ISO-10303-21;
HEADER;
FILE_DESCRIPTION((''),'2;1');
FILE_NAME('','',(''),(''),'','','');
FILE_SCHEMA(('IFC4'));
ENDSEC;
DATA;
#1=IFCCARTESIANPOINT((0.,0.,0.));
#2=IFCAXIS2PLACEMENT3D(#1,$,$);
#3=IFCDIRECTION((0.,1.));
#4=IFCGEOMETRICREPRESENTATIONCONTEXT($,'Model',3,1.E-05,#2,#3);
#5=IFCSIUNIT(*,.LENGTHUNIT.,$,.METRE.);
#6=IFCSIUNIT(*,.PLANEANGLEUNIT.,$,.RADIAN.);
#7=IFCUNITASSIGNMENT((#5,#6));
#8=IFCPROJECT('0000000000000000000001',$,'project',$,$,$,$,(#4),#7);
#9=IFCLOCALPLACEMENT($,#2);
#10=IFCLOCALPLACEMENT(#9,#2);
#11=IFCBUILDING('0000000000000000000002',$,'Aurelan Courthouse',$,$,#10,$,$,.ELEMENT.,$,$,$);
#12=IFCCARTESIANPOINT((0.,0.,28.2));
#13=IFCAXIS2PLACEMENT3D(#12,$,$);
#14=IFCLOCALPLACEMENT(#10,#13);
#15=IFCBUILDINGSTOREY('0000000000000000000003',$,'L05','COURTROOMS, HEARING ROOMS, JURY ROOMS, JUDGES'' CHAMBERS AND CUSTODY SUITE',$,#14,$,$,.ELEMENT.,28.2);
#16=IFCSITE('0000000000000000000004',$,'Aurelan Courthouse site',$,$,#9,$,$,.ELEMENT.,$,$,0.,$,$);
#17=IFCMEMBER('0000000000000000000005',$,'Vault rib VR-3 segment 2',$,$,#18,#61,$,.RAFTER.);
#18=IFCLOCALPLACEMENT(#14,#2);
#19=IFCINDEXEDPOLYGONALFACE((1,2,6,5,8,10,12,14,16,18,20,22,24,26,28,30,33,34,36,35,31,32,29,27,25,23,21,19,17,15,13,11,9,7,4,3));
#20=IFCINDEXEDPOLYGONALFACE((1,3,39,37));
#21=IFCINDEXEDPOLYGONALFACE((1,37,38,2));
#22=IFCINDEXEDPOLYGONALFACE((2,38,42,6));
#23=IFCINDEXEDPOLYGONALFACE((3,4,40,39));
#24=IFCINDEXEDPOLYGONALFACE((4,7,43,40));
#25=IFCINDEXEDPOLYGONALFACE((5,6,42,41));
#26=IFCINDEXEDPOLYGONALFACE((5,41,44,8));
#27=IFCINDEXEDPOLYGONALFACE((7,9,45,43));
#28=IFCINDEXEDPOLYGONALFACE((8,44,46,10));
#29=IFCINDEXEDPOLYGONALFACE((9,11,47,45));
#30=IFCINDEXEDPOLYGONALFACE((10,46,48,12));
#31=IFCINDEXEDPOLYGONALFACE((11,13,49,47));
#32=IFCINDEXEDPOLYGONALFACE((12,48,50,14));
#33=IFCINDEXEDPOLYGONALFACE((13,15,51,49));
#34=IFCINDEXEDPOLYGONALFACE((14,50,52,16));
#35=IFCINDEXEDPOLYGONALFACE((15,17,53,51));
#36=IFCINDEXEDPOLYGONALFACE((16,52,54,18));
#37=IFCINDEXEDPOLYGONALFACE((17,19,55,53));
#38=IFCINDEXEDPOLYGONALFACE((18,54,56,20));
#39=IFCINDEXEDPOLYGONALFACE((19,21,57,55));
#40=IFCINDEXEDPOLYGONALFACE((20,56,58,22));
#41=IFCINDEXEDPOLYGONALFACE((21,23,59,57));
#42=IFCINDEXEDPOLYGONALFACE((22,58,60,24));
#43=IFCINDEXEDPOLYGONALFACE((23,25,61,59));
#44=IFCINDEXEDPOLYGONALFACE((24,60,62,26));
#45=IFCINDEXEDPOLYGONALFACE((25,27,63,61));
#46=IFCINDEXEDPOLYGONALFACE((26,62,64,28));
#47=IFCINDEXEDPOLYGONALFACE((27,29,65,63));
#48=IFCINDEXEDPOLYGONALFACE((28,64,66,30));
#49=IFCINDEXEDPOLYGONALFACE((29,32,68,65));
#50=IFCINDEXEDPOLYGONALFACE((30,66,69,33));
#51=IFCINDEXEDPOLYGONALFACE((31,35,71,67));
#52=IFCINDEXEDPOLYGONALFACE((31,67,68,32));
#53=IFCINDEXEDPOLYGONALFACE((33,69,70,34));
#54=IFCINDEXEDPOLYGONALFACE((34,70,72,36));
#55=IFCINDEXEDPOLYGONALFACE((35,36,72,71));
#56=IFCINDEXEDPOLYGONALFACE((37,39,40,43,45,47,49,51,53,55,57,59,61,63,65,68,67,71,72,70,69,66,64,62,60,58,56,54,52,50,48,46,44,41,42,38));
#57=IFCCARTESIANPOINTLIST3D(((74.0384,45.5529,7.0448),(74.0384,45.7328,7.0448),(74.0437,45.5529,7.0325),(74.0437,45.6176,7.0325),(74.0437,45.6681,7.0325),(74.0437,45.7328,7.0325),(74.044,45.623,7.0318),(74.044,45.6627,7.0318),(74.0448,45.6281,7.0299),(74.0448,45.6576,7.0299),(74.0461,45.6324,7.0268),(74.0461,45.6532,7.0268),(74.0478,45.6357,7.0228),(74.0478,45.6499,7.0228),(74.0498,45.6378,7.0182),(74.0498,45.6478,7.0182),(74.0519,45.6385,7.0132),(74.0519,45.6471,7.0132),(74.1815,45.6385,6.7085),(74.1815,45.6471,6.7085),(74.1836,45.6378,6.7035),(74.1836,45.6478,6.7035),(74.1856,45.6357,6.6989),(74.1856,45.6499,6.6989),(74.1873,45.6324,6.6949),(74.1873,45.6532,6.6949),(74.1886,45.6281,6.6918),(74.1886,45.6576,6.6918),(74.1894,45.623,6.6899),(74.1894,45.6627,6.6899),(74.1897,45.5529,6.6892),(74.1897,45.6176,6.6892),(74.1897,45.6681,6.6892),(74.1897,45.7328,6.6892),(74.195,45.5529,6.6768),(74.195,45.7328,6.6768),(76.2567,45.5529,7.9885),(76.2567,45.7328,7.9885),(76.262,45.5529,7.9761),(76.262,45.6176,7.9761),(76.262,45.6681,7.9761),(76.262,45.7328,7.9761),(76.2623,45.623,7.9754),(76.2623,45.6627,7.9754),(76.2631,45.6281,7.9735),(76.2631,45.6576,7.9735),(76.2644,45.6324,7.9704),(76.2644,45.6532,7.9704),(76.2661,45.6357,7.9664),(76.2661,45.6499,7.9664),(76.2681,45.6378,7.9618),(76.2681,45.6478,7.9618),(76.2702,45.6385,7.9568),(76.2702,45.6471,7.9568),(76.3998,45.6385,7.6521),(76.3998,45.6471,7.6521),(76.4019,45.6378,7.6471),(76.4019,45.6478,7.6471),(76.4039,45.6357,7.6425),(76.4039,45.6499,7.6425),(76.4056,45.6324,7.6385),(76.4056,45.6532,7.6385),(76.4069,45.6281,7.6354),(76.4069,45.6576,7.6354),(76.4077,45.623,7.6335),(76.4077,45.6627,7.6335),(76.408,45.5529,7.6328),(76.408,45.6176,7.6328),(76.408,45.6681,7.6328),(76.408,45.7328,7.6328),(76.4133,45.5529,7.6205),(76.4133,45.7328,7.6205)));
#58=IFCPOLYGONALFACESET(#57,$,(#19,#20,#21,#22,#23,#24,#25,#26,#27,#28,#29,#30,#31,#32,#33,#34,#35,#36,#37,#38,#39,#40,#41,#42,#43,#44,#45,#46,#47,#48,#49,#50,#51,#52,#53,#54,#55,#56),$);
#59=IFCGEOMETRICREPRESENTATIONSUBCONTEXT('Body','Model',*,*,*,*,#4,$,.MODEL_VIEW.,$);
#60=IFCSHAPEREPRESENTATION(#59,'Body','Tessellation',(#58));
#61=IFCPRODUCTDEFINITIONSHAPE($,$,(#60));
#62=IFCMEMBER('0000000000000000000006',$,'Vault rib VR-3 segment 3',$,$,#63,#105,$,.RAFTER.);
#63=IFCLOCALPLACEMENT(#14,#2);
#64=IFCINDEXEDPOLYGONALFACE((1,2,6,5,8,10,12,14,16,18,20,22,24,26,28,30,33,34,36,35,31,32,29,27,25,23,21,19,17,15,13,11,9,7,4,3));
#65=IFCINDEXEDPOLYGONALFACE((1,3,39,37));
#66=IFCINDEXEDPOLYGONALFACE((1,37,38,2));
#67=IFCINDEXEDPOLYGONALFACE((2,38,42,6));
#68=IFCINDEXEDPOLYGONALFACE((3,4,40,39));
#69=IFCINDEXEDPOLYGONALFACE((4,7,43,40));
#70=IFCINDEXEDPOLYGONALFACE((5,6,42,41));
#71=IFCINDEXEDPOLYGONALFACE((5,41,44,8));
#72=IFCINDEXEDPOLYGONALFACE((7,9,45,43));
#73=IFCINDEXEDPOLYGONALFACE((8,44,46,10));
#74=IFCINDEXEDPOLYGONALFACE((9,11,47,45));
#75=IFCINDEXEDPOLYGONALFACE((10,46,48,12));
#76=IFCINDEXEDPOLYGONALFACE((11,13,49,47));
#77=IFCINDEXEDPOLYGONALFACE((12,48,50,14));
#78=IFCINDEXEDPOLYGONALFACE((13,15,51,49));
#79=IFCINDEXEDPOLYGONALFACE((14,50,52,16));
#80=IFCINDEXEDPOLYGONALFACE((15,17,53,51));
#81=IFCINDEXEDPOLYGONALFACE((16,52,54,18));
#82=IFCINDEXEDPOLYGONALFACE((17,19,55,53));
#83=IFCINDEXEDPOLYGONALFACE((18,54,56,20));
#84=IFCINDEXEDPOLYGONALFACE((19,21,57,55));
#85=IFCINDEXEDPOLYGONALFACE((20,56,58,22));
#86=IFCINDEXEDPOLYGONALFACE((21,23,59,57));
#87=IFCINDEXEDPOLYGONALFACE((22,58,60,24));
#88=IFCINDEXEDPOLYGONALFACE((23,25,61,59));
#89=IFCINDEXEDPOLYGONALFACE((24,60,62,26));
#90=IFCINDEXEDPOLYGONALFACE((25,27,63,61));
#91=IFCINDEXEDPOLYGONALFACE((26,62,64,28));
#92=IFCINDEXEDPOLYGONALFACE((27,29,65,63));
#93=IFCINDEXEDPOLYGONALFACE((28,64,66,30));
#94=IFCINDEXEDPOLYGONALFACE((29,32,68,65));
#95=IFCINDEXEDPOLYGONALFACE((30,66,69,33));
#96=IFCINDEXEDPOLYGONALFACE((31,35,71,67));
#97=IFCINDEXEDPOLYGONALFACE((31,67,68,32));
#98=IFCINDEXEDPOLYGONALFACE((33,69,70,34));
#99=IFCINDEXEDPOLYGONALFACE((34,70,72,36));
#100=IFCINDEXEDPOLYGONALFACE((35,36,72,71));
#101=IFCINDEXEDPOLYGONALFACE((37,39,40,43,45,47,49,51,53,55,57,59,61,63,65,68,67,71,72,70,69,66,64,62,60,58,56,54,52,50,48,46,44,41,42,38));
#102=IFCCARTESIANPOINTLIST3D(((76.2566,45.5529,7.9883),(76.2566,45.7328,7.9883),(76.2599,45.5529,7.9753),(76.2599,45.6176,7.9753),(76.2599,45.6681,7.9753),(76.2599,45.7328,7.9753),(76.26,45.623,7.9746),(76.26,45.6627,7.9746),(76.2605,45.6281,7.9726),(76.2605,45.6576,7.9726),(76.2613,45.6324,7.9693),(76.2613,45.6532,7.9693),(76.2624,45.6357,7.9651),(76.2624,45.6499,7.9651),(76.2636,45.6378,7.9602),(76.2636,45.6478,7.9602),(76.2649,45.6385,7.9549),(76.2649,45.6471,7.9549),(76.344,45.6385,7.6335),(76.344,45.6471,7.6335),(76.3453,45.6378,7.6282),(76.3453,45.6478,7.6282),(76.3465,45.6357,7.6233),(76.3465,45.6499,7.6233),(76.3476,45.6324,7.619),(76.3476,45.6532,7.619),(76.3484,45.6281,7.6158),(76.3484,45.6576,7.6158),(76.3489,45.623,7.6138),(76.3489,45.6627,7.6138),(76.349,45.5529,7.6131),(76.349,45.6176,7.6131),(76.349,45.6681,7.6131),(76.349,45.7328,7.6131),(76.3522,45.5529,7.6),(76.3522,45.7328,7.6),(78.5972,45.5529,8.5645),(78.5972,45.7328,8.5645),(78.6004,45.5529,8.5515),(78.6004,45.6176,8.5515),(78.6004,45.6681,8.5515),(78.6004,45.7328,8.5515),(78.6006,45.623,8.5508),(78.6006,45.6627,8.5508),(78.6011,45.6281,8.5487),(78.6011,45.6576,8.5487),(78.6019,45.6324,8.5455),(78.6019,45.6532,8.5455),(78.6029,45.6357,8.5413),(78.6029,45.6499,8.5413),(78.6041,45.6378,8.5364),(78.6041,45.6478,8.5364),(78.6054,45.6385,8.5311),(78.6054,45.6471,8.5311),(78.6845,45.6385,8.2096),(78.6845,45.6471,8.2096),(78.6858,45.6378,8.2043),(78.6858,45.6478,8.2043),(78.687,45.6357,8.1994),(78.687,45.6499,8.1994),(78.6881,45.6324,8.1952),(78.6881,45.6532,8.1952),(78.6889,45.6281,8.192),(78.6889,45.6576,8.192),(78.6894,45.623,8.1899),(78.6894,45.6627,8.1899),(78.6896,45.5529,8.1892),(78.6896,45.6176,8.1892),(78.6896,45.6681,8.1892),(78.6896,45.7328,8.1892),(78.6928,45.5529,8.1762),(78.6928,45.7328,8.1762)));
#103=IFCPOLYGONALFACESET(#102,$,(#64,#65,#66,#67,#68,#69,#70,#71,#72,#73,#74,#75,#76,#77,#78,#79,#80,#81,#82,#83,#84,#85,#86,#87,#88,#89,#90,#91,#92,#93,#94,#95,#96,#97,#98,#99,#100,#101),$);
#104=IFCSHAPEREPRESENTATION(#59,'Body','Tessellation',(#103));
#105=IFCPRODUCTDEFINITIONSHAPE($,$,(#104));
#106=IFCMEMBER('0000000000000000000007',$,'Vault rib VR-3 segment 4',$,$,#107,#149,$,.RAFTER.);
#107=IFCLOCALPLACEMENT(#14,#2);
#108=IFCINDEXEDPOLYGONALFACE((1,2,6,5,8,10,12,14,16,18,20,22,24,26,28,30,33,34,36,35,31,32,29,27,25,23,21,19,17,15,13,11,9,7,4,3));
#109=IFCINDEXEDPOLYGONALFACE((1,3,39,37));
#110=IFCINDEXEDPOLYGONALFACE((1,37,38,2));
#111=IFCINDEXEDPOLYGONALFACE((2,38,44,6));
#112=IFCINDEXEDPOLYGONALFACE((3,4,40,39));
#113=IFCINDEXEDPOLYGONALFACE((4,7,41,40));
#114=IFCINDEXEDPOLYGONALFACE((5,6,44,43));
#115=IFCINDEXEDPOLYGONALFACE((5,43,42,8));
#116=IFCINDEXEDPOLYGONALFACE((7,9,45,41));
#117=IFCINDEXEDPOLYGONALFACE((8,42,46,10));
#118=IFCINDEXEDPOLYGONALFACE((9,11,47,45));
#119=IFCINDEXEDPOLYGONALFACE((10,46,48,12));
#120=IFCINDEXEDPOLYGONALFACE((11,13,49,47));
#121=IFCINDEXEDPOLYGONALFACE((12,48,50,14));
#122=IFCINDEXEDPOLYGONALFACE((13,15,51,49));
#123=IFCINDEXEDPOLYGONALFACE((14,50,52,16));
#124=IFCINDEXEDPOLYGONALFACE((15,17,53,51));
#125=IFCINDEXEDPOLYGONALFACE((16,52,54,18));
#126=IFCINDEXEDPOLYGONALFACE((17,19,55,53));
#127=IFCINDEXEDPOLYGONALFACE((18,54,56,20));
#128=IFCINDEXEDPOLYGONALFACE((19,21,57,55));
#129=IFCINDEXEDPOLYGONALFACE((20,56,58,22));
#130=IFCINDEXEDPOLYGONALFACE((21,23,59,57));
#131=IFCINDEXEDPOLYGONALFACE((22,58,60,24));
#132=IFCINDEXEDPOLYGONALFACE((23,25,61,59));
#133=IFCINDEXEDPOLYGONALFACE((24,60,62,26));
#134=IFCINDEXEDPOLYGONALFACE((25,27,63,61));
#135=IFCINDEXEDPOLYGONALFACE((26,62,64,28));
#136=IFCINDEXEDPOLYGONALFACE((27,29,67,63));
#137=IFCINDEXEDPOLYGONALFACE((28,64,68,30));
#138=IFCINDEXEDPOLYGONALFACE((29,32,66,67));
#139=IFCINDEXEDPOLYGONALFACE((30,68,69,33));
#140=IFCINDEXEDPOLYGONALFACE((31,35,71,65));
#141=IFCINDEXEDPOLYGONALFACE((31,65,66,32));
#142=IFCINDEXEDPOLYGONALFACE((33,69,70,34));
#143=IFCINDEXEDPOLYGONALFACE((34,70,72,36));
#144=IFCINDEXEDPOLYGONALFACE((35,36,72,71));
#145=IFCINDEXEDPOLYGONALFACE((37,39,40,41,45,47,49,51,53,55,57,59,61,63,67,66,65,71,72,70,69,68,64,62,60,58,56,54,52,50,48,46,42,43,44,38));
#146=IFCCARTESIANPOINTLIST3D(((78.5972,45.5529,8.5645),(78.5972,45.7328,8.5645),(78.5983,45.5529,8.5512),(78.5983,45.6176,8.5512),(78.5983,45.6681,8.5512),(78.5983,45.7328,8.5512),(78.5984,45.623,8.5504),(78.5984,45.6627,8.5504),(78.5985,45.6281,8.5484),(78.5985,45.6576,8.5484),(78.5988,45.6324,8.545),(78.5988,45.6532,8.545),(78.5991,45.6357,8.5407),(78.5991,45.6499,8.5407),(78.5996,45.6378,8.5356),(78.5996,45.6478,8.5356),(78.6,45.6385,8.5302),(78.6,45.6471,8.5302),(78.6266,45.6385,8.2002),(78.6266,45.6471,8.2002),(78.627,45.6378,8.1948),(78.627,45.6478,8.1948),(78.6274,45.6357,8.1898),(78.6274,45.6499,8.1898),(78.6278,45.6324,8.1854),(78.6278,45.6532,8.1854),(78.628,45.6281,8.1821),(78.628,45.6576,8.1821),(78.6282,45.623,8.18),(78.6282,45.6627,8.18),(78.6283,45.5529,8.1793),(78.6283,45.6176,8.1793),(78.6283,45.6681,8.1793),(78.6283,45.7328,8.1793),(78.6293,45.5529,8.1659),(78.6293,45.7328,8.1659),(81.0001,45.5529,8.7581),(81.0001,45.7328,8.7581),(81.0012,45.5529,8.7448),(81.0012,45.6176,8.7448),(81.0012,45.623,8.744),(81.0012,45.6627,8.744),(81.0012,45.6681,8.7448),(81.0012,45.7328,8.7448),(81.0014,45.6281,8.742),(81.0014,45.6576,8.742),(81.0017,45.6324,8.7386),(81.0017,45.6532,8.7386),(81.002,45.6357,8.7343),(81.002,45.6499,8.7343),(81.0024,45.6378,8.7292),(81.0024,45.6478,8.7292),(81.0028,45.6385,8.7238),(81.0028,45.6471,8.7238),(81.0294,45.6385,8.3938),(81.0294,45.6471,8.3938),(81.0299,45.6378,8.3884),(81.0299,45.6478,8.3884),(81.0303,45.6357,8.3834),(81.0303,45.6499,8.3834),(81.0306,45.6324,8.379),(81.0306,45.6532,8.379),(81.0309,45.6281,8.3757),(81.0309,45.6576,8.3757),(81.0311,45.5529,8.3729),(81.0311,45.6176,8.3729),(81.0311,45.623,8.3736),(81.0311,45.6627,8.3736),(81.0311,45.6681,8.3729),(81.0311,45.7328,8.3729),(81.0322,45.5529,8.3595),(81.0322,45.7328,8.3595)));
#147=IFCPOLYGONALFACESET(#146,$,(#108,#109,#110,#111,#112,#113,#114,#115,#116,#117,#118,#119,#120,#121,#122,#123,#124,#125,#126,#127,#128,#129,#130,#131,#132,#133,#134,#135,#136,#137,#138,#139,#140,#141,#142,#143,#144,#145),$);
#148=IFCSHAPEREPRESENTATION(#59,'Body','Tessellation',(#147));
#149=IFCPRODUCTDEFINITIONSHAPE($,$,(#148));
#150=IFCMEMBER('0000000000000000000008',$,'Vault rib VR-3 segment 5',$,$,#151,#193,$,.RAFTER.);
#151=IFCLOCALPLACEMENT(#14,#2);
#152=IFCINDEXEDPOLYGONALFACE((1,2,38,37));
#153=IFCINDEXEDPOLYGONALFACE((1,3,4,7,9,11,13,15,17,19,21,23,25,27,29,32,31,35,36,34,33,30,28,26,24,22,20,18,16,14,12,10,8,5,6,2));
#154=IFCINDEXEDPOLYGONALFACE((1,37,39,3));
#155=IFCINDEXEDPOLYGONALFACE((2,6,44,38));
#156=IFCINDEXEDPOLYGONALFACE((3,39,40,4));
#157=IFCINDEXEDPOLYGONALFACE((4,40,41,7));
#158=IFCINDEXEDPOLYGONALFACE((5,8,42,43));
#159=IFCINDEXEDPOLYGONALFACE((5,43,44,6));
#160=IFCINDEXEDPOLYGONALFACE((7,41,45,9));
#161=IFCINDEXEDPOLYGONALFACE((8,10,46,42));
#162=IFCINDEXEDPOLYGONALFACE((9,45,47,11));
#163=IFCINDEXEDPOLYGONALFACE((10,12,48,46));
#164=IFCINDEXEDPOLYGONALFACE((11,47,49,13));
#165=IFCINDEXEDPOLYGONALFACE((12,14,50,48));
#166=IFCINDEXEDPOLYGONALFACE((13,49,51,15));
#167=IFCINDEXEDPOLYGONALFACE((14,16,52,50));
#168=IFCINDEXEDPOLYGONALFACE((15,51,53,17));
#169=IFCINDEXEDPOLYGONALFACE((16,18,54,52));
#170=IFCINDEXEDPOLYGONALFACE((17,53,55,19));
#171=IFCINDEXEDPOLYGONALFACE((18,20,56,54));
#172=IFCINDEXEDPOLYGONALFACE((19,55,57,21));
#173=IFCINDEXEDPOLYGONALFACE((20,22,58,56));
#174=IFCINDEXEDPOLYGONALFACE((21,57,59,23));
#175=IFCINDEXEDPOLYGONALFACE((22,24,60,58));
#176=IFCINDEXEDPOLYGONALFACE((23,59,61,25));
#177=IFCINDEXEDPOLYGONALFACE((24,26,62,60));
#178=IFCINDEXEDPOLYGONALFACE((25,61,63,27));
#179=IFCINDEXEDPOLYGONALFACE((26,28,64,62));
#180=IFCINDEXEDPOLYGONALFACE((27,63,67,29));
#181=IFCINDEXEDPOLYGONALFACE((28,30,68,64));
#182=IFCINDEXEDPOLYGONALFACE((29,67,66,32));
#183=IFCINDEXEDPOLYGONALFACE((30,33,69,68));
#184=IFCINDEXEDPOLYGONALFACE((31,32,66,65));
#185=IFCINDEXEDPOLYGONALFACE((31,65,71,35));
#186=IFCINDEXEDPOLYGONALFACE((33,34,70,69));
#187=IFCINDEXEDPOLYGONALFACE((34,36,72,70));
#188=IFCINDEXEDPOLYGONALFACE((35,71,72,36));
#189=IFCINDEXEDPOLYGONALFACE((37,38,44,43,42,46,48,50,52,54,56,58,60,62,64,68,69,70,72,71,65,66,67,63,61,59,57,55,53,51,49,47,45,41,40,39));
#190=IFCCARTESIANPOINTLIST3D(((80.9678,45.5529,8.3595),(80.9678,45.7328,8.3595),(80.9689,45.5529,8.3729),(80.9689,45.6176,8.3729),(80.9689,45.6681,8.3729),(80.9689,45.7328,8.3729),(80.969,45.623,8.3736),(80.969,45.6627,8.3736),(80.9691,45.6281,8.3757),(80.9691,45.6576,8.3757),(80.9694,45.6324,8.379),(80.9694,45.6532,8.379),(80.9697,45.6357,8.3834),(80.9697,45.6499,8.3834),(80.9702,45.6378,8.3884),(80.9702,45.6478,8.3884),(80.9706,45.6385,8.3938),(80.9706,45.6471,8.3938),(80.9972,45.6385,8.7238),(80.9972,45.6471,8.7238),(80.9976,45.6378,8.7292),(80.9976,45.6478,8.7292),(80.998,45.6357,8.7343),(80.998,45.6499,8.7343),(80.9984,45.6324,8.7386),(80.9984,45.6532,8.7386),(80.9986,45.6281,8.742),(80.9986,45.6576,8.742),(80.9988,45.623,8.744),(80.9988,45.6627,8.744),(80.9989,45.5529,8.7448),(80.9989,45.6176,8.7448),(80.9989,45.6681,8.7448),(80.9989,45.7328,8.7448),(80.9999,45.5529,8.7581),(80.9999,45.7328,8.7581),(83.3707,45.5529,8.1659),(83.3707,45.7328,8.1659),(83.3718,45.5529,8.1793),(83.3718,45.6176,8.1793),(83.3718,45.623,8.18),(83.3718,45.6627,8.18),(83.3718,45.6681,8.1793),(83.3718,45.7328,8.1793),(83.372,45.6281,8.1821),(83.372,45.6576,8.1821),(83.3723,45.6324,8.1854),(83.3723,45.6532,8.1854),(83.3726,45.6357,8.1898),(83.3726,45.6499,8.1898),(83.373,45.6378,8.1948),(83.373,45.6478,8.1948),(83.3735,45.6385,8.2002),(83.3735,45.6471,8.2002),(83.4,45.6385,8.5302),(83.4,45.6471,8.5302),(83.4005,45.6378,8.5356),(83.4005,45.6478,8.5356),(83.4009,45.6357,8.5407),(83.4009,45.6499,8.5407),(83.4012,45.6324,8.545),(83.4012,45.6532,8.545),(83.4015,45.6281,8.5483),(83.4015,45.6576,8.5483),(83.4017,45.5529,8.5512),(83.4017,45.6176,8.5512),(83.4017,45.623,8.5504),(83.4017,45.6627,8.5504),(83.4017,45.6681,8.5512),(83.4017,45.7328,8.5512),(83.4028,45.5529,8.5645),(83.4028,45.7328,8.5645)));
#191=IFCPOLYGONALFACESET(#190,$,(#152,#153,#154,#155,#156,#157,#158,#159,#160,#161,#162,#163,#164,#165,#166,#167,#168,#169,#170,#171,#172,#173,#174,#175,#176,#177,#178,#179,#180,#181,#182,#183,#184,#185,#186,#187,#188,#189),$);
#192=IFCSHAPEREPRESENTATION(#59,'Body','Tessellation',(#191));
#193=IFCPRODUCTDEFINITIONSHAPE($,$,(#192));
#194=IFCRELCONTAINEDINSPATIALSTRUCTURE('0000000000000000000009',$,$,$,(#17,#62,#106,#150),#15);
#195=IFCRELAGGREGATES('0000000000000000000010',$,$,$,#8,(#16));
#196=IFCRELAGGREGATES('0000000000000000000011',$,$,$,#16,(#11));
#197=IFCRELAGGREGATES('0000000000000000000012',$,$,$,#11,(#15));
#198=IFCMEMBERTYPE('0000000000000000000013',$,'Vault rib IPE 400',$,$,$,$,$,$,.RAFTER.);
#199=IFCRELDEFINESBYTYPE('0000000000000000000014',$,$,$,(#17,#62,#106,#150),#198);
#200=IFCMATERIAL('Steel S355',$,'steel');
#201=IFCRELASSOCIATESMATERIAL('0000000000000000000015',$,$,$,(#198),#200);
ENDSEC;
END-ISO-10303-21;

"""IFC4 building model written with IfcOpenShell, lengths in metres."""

from ifc_helpers import new_model, si_unit, direction, frame, origin, origin_2d, place, context, subcontext, project, spatial, i_section, extrude, material, material_profile, profile_set, type_object, element, save


model = new_model("IFC4")

# Units and contexts
model_context = context("Model", 3, precision=1e-05, world=origin(), true_north=direction((0.0, 1.0)))
body_context = subcontext(model_context, "Body", "Model", "MODEL_VIEW")
ifc_project = project(units=[si_unit("LENGTHUNIT", "METRE"), si_unit("PLANEANGLEUNIT", "RADIAN")], contexts=[model_context])

# Site, building, storey
site_placement = place(None, origin())
site = spatial("IfcSite", under=ifc_project, at=site_placement, Name="Aurelan Courthouse site", CompositionType="ELEMENT", RefElevation=0.0)
building_placement = place(site_placement, origin())
building = spatial("IfcBuilding", under=site, at=building_placement, Name="Aurelan Courthouse", CompositionType="ELEMENT")
storey_placement = place(building_placement, frame((0.0, 0.0, 28.2)))
storey = spatial("IfcBuildingStorey", under=building, at=storey_placement, Name="L05", Description="COURTROOMS, HEARING ROOMS, JURY ROOMS, JUDGES' CHAMBERS AND CUSTODY SUITE", CompositionType="ELEMENT", Elevation=28.2)

# Members
ifc_material_1 = material(Name="Steel S355", Category="steel")
ifc_material_profile_1 = material_profile(ifc_material_1, i_section(OverallWidth=0.1799, OverallDepth=0.3999, WebThickness=0.0085, FlangeThickness=0.0134, FilletRadius=0.021, at=origin_2d()), Name="IPE 400")
ifc_profile_set_1 = profile_set([ifc_material_profile_1], Name="Steel S355")
member_type_1 = type_object("IfcMemberType", Name="Vault rib IPE 400", PredefinedType="RAFTER", material=ifc_profile_set_1)
for number, where, z_axis, x_axis, name in (
    (1, (74.1167, 45.6428, 6.8608), (0.920205, 0.0, 0.391437), (0.0, 1.0, 0.0), "Vault rib VR-3 segment 2"),
):
    element("IfcMember", number, at=place(storey_placement, frame(where, z_axis=z_axis, x_axis=x_axis)), inside=storey, type_object=member_type_1, Name=name, PredefinedType="RAFTER", context=body_context, shape_type="SweptSolid", body=[
        extrude(i_section(OverallWidth=0.1799, OverallDepth=0.3999, WebThickness=0.0085, FlangeThickness=0.0134, FilletRadius=0.021, at=origin_2d()), origin(), (0.0, 0.0, 1.0), 2.4106),
    ])
member_1_placement = place(storey_placement, frame((76.3044, 45.6428, 7.7942), z_axis=(0.971012, 0.0, 0.239031), x_axis=(0.0, 1.0, 0.0)))
element("IfcMember", 2, at=member_1_placement, inside=storey, type_object=member_type_1, Name="Vault rib VR-3 segment 3", PredefinedType="RAFTER", context=body_context, shape_type="SweptSolid", body=[
    extrude(i_section(OverallWidth=0.1799, OverallDepth=0.3999, WebThickness=0.0085, FlangeThickness=0.0134, FilletRadius=0.021, at=origin_2d()), origin(), (0.0, 0.0, 1.0), 2.4104),
])
for number, where, z_axis, x_axis, name in (
    (3, (78.6133, 45.6428, 8.3652), (0.99677, 0.0, 0.080313), (0.0, 1.0, 0.0), "Vault rib VR-3 segment 4"),
    (4, (80.9839, 45.6428, 8.5588), (0.99677, 0.0, -0.080313), (0.0, 1.0, 0.0), "Vault rib VR-3 segment 5"),
):
    element("IfcMember", number, at=place(storey_placement, frame(where, z_axis=z_axis, x_axis=x_axis)), inside=storey, type_object=member_type_1, Name=name, PredefinedType="RAFTER", context=body_context, shape_type="SweptSolid", body=[
        extrude(i_section(OverallWidth=0.1799, OverallDepth=0.3999, WebThickness=0.0085, FlangeThickness=0.0134, FilletRadius=0.021, at=origin_2d()), origin(), (0.0, 0.0, 1.0), 2.4106),
    ])

save(model, "model.ifc")
